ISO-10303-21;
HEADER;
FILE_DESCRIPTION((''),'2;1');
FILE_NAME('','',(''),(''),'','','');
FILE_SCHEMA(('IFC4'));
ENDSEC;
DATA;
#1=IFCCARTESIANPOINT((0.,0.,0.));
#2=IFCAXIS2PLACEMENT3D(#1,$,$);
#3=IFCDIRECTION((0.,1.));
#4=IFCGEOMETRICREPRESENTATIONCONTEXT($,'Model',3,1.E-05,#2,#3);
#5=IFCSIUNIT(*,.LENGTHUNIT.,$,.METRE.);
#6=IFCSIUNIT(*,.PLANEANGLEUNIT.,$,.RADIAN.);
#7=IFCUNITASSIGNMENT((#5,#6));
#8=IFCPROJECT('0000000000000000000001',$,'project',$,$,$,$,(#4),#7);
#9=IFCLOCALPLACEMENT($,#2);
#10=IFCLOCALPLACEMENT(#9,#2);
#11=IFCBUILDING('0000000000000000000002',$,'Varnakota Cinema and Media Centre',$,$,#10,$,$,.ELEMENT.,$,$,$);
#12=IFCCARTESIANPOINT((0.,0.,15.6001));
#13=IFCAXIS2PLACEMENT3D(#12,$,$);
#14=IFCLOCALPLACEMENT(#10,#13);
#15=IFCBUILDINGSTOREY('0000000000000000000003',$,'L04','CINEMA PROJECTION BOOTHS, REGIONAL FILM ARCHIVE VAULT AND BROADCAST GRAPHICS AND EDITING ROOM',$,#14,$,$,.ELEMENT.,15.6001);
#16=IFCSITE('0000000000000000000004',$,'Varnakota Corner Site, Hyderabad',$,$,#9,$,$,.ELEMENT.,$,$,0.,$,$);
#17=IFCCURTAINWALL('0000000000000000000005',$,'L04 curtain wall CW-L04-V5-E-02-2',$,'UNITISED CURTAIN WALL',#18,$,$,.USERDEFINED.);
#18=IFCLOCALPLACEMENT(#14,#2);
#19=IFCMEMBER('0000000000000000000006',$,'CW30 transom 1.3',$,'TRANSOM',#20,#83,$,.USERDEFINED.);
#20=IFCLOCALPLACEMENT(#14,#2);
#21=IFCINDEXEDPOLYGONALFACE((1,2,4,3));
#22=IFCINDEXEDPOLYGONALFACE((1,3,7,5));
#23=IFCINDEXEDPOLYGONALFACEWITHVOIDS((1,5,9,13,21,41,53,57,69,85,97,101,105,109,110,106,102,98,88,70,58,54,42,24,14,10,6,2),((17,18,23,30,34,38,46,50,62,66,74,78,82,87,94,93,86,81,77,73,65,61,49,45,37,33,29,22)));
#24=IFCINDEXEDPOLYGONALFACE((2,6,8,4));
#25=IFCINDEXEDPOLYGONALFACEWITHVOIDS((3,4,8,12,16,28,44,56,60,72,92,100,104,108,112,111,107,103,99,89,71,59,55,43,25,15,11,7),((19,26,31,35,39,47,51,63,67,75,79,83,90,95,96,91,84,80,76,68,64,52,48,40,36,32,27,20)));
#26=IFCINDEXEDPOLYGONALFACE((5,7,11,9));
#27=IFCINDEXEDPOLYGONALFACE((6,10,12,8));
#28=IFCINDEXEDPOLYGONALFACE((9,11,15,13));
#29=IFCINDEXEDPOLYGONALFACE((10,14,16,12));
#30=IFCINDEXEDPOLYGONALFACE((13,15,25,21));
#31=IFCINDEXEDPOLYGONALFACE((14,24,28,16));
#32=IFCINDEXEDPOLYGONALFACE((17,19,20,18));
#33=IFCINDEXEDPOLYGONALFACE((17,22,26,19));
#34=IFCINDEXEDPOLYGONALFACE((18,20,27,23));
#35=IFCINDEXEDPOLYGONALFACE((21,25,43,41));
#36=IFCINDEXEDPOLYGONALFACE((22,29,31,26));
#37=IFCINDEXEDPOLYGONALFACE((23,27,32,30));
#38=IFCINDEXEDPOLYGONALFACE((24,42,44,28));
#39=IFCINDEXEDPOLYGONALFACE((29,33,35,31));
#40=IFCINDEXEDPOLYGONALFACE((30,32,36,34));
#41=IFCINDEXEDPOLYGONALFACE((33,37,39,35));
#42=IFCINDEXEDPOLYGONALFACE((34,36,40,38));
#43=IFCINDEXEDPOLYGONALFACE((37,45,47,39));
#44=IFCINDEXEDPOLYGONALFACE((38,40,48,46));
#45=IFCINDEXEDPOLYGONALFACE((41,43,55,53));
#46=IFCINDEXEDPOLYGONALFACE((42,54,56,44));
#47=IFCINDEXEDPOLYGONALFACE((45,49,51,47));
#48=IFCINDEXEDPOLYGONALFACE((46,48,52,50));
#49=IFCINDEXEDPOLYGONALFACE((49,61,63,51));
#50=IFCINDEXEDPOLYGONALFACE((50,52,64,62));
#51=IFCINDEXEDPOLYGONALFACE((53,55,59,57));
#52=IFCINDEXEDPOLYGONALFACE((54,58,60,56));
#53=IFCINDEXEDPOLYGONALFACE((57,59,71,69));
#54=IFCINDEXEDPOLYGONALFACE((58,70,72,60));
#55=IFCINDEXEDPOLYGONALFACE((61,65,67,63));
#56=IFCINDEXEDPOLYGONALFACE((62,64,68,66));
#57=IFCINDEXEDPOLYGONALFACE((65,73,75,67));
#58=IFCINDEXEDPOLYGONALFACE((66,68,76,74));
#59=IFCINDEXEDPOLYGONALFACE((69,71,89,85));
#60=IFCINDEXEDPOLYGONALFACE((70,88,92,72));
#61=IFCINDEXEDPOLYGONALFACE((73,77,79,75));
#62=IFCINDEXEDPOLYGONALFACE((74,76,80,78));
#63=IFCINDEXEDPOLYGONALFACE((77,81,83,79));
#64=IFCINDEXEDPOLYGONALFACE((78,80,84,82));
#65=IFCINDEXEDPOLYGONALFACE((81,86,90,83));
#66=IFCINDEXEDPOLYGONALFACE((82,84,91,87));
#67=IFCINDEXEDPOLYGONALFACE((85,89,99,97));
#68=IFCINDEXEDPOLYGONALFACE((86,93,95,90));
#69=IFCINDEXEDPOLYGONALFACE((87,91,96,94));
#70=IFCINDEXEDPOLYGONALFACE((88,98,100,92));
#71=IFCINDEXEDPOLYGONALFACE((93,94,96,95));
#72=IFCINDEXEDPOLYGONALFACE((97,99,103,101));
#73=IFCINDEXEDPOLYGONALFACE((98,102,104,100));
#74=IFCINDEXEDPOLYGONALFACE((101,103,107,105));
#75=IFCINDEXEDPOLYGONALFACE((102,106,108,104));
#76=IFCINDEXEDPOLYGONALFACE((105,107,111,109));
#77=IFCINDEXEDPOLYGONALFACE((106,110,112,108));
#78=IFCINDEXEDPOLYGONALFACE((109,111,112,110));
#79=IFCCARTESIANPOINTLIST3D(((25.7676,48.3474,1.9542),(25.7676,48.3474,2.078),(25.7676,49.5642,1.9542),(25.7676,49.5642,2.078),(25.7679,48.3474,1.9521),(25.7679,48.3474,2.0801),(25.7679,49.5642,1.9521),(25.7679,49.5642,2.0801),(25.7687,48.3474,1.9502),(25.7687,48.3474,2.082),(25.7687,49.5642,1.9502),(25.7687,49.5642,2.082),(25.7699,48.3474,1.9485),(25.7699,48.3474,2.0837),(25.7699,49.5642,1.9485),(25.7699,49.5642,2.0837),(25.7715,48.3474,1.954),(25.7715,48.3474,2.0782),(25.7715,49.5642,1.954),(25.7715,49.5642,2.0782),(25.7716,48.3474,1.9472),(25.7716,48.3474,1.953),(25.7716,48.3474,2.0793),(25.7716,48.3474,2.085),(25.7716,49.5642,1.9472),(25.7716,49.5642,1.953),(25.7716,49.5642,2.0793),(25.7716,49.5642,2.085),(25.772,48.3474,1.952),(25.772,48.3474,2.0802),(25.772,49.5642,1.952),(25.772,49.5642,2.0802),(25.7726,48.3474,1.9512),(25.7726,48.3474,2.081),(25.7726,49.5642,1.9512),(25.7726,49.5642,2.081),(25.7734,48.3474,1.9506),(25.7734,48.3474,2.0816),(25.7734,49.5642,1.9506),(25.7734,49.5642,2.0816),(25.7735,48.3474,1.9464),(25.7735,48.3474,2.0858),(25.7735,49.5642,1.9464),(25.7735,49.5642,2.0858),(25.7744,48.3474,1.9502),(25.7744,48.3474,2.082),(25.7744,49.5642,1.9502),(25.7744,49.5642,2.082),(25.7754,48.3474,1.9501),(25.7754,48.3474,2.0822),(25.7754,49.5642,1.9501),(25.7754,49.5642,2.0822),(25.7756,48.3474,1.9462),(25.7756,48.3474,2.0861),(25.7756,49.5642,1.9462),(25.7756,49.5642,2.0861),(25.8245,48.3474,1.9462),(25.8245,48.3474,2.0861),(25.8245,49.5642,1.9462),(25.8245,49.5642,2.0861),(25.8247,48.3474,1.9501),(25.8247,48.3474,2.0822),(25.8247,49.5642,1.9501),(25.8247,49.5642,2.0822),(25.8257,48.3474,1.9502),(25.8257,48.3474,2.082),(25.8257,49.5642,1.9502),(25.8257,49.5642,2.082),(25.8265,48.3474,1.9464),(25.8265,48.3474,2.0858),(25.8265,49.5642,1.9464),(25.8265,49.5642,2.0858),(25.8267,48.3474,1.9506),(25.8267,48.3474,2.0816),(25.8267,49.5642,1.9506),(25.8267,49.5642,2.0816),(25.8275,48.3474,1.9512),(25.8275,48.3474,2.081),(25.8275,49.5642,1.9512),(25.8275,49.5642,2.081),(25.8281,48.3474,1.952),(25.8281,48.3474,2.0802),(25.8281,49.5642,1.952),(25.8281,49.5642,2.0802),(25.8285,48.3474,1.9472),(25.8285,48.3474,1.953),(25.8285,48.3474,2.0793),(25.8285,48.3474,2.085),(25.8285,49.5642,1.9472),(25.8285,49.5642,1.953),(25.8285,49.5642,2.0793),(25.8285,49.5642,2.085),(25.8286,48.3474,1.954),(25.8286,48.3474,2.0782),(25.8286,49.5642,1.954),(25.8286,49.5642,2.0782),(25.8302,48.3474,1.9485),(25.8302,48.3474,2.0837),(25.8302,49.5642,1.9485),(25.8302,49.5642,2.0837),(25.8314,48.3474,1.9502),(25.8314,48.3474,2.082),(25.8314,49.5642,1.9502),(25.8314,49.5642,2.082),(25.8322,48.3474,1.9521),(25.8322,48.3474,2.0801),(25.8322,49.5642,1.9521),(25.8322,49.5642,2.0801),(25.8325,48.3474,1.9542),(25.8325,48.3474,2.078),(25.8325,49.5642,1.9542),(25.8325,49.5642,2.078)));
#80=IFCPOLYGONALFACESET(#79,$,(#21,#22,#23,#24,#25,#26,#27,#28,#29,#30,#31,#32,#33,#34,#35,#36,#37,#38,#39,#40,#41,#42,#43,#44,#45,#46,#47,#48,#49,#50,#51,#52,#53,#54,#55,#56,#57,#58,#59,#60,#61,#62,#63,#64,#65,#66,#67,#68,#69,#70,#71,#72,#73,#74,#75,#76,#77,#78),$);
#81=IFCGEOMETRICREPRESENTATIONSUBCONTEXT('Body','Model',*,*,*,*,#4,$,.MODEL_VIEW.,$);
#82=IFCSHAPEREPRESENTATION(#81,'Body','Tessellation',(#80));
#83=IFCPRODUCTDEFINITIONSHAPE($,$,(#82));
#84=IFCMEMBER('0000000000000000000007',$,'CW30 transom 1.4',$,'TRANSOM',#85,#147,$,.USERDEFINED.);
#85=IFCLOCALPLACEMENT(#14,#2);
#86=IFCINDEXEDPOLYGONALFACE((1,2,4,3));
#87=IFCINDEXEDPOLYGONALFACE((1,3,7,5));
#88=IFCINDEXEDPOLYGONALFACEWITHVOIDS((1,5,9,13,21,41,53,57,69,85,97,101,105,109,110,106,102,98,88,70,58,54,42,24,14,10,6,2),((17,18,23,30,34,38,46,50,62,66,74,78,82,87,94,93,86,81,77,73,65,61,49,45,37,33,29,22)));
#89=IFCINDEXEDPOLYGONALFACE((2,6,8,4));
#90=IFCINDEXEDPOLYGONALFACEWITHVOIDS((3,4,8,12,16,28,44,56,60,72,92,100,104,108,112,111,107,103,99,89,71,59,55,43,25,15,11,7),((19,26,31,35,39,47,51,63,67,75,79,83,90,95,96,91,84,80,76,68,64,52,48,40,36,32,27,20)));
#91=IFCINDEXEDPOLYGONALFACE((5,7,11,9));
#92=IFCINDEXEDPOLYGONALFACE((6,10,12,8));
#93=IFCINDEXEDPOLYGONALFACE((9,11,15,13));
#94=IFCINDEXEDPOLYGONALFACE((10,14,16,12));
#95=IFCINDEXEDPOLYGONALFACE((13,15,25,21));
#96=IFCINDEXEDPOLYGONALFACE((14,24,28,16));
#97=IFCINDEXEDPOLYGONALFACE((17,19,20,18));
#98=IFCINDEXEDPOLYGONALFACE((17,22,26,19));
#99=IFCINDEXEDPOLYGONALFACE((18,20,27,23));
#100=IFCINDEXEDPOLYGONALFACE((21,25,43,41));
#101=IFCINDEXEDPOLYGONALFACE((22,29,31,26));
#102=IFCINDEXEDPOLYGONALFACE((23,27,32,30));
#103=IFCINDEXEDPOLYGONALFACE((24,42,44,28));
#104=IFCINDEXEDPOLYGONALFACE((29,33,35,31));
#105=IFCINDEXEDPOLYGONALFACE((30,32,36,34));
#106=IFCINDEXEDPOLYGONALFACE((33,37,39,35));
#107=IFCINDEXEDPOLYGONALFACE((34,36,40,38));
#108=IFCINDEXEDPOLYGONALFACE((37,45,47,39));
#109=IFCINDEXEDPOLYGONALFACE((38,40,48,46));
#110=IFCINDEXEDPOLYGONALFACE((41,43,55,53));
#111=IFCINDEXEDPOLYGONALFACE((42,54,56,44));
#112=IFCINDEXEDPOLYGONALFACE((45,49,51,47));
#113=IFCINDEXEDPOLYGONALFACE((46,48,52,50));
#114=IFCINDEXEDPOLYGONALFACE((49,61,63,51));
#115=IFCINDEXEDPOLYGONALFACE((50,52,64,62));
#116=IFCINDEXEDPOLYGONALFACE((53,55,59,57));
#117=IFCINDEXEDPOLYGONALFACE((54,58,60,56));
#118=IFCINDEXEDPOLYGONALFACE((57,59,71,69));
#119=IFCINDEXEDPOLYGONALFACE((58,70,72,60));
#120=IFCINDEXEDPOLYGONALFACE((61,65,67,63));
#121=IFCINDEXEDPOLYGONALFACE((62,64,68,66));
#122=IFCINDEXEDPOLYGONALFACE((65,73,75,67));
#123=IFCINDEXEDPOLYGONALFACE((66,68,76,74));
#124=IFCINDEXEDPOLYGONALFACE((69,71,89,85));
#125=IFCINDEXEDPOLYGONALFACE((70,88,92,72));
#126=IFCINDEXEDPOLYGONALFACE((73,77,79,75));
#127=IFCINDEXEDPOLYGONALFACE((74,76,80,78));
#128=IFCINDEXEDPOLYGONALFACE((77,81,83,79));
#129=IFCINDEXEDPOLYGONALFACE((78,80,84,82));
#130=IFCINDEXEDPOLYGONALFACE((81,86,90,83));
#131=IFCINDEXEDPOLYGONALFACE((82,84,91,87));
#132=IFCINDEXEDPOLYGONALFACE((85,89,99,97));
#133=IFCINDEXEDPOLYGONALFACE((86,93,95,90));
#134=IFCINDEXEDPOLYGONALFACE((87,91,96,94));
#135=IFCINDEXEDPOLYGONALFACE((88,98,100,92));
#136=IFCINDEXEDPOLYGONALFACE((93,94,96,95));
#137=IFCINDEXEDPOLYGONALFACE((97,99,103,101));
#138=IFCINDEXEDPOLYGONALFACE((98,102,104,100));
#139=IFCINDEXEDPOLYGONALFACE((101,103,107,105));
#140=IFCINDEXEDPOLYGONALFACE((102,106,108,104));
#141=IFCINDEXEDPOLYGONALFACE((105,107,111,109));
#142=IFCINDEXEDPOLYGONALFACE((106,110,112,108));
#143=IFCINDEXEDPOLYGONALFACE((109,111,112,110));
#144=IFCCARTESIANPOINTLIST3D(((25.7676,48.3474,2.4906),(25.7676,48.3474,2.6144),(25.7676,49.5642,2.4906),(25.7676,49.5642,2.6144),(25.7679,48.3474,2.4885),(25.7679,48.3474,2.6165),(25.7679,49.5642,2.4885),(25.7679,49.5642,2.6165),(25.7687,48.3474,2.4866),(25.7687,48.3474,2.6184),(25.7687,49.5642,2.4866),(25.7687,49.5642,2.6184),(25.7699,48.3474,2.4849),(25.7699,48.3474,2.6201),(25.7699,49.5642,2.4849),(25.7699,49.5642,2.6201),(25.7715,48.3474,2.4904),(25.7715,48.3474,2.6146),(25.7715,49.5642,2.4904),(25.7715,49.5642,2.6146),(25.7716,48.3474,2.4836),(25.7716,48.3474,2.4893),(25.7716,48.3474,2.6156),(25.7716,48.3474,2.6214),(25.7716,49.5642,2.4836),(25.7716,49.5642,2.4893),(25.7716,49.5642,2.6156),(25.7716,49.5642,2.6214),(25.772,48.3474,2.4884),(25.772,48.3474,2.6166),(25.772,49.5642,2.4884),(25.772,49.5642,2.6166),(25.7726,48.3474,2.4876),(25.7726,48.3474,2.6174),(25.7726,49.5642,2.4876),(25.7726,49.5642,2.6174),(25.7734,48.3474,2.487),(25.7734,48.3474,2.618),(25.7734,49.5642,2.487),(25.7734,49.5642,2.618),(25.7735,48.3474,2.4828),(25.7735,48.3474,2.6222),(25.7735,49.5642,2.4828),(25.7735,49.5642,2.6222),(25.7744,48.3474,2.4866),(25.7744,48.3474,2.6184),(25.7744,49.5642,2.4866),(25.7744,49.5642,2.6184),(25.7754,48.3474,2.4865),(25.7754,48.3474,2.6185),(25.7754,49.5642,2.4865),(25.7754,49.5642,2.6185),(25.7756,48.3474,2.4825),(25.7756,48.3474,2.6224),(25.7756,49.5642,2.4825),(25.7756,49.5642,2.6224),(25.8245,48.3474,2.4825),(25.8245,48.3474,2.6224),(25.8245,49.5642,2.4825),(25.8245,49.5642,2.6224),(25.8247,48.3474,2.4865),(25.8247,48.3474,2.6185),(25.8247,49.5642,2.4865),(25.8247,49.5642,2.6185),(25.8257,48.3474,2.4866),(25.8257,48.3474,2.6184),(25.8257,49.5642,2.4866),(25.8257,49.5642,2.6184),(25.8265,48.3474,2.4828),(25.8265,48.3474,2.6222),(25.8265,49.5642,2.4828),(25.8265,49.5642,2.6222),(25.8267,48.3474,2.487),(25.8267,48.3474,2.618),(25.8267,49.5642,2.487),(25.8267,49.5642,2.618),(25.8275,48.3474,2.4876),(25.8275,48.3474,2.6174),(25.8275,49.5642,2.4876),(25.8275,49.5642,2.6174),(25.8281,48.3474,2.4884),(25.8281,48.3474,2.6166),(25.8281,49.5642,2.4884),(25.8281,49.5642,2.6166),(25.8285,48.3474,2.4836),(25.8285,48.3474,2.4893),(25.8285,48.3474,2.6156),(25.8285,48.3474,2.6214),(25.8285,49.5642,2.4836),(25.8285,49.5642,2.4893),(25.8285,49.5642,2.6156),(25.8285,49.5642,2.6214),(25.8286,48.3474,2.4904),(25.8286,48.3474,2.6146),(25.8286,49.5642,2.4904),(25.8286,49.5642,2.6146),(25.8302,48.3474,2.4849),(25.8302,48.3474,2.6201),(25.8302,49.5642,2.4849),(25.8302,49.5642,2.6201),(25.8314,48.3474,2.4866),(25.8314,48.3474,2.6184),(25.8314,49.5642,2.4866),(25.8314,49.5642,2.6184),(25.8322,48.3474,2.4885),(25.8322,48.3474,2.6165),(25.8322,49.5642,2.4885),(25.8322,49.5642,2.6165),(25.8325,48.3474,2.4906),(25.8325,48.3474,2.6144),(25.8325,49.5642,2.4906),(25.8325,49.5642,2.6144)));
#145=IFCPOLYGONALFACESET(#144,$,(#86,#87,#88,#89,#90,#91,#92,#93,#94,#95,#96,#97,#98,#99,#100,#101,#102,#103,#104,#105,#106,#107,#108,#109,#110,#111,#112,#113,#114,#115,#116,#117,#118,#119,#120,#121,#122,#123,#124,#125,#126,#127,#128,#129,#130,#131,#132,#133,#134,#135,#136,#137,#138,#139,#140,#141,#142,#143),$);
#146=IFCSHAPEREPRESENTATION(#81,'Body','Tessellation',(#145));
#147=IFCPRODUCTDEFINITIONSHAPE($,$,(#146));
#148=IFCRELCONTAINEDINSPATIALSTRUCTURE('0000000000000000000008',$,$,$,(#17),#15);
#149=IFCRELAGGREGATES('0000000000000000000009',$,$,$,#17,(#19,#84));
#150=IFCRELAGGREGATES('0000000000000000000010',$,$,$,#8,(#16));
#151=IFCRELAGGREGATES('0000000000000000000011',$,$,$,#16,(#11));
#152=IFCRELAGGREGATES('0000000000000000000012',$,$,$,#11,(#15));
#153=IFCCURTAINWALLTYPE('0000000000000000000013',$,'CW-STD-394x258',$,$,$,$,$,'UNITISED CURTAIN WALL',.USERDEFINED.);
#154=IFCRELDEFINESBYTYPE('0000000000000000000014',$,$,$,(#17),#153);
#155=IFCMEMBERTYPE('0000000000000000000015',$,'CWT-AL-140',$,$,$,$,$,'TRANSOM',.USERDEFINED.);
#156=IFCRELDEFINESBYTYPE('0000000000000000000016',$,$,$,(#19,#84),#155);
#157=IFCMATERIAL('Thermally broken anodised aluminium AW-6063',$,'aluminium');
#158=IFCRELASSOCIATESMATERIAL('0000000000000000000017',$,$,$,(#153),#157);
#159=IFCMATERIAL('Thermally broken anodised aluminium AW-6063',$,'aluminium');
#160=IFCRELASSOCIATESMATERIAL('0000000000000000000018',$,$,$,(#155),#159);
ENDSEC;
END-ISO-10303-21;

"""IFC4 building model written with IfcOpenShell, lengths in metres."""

from ifc_helpers import new_model, si_unit, direction, frame, origin, origin_2d, place, context, subcontext, project, spatial, hollow_rectangle, extrude, material, material_profile, profile_set, type_object, element, aggregate, save


model = new_model("IFC4")

# Units and contexts
model_context = context("Model", 3, precision=1e-05, world=origin(), true_north=direction((0.0, 1.0)))
body_context = subcontext(model_context, "Body", "Model", "MODEL_VIEW")
ifc_project = project(units=[si_unit("LENGTHUNIT", "METRE"), si_unit("PLANEANGLEUNIT", "RADIAN")], contexts=[model_context])

# Site, building, storey
site_placement = place(None, origin())
site = spatial("IfcSite", under=ifc_project, at=site_placement, Name="Varnakota Corner Site, Hyderabad", CompositionType="ELEMENT", RefElevation=0.0)
building_placement = place(site_placement, origin())
building = spatial("IfcBuilding", under=site, at=building_placement, Name="Varnakota Cinema and Media Centre", CompositionType="ELEMENT")
storey_placement = place(building_placement, frame((0.0, 0.0, 15.6001)))
storey = spatial("IfcBuildingStorey", under=building, at=storey_placement, Name="L04", Description="CINEMA PROJECTION BOOTHS, REGIONAL FILM ARCHIVE VAULT AND BROADCAST GRAPHICS AND EDITING ROOM", CompositionType="ELEMENT", Elevation=15.6001)

# Curtain wall
ifc_material_1 = material(Name="Thermally broken anodised aluminium AW-6063", Category="aluminium")
curtain_wall_type = type_object("IfcCurtainWallType", Name="CW-STD-394x258", ElementType="UNITISED CURTAIN WALL", PredefinedType="USERDEFINED", material=ifc_material_1)
curtain_wall_1_placement = place(storey_placement, origin())
curtain_wall_1 = element("IfcCurtainWall", 1, at=curtain_wall_1_placement, inside=storey, type_object=curtain_wall_type, Name="L04 curtain wall CW-L04-V5-E-02-2", ObjectType="UNITISED CURTAIN WALL", PredefinedType="USERDEFINED")

# Members
ifc_material_2 = material(Name="Thermally broken anodised aluminium AW-6063", Category="aluminium")
ifc_material_profile_1 = material_profile(ifc_material_2, hollow_rectangle(XDim=0.0649, YDim=0.1399, WallThickness=0.0039, InnerFilletRadius=0.0039, OuterFilletRadius=0.0081, at=origin_2d()), Name="AL-TRANSOM 140x65x4")
ifc_profile_set_1 = profile_set([ifc_material_profile_1], Name="Thermally broken anodised aluminium AW-6063")
member_type_1 = type_object("IfcMemberType", Name="CWT-AL-140", ElementType="TRANSOM", PredefinedType="USERDEFINED", material=ifc_profile_set_1)
member_1_placement = place(storey_placement, frame((25.8, 48.3474, 2.0161), z_axis=(0.0, 1.0, 0.0), x_axis=(-1.0, 0.0, 0.0)))
member_1 = element("IfcMember", 2, at=member_1_placement, type_object=member_type_1, Name="CW30 transom 1.3", ObjectType="TRANSOM", PredefinedType="USERDEFINED", context=body_context, shape_type="SweptSolid", body=[
    extrude(hollow_rectangle(XDim=0.0649, YDim=0.1399, WallThickness=0.0039, InnerFilletRadius=0.0039, OuterFilletRadius=0.0081, at=origin_2d()), origin(), (0.0, 0.0, 1.0), 1.2168),
])
member_2_placement = place(storey_placement, frame((25.8, 48.3474, 2.5525), z_axis=(0.0, 1.0, 0.0), x_axis=(-1.0, 0.0, 0.0)))
member_2 = element("IfcMember", 3, at=member_2_placement, type_object=member_type_1, Name="CW30 transom 1.4", ObjectType="TRANSOM", PredefinedType="USERDEFINED", context=body_context, shape_type="SweptSolid", body=[
    extrude(hollow_rectangle(XDim=0.0649, YDim=0.1399, WallThickness=0.0039, InnerFilletRadius=0.0039, OuterFilletRadius=0.0081, at=origin_2d()), origin(), (0.0, 0.0, 1.0), 1.2168),
])

aggregate(curtain_wall_1, [member_1, member_2])

save(model, "model.ifc")
